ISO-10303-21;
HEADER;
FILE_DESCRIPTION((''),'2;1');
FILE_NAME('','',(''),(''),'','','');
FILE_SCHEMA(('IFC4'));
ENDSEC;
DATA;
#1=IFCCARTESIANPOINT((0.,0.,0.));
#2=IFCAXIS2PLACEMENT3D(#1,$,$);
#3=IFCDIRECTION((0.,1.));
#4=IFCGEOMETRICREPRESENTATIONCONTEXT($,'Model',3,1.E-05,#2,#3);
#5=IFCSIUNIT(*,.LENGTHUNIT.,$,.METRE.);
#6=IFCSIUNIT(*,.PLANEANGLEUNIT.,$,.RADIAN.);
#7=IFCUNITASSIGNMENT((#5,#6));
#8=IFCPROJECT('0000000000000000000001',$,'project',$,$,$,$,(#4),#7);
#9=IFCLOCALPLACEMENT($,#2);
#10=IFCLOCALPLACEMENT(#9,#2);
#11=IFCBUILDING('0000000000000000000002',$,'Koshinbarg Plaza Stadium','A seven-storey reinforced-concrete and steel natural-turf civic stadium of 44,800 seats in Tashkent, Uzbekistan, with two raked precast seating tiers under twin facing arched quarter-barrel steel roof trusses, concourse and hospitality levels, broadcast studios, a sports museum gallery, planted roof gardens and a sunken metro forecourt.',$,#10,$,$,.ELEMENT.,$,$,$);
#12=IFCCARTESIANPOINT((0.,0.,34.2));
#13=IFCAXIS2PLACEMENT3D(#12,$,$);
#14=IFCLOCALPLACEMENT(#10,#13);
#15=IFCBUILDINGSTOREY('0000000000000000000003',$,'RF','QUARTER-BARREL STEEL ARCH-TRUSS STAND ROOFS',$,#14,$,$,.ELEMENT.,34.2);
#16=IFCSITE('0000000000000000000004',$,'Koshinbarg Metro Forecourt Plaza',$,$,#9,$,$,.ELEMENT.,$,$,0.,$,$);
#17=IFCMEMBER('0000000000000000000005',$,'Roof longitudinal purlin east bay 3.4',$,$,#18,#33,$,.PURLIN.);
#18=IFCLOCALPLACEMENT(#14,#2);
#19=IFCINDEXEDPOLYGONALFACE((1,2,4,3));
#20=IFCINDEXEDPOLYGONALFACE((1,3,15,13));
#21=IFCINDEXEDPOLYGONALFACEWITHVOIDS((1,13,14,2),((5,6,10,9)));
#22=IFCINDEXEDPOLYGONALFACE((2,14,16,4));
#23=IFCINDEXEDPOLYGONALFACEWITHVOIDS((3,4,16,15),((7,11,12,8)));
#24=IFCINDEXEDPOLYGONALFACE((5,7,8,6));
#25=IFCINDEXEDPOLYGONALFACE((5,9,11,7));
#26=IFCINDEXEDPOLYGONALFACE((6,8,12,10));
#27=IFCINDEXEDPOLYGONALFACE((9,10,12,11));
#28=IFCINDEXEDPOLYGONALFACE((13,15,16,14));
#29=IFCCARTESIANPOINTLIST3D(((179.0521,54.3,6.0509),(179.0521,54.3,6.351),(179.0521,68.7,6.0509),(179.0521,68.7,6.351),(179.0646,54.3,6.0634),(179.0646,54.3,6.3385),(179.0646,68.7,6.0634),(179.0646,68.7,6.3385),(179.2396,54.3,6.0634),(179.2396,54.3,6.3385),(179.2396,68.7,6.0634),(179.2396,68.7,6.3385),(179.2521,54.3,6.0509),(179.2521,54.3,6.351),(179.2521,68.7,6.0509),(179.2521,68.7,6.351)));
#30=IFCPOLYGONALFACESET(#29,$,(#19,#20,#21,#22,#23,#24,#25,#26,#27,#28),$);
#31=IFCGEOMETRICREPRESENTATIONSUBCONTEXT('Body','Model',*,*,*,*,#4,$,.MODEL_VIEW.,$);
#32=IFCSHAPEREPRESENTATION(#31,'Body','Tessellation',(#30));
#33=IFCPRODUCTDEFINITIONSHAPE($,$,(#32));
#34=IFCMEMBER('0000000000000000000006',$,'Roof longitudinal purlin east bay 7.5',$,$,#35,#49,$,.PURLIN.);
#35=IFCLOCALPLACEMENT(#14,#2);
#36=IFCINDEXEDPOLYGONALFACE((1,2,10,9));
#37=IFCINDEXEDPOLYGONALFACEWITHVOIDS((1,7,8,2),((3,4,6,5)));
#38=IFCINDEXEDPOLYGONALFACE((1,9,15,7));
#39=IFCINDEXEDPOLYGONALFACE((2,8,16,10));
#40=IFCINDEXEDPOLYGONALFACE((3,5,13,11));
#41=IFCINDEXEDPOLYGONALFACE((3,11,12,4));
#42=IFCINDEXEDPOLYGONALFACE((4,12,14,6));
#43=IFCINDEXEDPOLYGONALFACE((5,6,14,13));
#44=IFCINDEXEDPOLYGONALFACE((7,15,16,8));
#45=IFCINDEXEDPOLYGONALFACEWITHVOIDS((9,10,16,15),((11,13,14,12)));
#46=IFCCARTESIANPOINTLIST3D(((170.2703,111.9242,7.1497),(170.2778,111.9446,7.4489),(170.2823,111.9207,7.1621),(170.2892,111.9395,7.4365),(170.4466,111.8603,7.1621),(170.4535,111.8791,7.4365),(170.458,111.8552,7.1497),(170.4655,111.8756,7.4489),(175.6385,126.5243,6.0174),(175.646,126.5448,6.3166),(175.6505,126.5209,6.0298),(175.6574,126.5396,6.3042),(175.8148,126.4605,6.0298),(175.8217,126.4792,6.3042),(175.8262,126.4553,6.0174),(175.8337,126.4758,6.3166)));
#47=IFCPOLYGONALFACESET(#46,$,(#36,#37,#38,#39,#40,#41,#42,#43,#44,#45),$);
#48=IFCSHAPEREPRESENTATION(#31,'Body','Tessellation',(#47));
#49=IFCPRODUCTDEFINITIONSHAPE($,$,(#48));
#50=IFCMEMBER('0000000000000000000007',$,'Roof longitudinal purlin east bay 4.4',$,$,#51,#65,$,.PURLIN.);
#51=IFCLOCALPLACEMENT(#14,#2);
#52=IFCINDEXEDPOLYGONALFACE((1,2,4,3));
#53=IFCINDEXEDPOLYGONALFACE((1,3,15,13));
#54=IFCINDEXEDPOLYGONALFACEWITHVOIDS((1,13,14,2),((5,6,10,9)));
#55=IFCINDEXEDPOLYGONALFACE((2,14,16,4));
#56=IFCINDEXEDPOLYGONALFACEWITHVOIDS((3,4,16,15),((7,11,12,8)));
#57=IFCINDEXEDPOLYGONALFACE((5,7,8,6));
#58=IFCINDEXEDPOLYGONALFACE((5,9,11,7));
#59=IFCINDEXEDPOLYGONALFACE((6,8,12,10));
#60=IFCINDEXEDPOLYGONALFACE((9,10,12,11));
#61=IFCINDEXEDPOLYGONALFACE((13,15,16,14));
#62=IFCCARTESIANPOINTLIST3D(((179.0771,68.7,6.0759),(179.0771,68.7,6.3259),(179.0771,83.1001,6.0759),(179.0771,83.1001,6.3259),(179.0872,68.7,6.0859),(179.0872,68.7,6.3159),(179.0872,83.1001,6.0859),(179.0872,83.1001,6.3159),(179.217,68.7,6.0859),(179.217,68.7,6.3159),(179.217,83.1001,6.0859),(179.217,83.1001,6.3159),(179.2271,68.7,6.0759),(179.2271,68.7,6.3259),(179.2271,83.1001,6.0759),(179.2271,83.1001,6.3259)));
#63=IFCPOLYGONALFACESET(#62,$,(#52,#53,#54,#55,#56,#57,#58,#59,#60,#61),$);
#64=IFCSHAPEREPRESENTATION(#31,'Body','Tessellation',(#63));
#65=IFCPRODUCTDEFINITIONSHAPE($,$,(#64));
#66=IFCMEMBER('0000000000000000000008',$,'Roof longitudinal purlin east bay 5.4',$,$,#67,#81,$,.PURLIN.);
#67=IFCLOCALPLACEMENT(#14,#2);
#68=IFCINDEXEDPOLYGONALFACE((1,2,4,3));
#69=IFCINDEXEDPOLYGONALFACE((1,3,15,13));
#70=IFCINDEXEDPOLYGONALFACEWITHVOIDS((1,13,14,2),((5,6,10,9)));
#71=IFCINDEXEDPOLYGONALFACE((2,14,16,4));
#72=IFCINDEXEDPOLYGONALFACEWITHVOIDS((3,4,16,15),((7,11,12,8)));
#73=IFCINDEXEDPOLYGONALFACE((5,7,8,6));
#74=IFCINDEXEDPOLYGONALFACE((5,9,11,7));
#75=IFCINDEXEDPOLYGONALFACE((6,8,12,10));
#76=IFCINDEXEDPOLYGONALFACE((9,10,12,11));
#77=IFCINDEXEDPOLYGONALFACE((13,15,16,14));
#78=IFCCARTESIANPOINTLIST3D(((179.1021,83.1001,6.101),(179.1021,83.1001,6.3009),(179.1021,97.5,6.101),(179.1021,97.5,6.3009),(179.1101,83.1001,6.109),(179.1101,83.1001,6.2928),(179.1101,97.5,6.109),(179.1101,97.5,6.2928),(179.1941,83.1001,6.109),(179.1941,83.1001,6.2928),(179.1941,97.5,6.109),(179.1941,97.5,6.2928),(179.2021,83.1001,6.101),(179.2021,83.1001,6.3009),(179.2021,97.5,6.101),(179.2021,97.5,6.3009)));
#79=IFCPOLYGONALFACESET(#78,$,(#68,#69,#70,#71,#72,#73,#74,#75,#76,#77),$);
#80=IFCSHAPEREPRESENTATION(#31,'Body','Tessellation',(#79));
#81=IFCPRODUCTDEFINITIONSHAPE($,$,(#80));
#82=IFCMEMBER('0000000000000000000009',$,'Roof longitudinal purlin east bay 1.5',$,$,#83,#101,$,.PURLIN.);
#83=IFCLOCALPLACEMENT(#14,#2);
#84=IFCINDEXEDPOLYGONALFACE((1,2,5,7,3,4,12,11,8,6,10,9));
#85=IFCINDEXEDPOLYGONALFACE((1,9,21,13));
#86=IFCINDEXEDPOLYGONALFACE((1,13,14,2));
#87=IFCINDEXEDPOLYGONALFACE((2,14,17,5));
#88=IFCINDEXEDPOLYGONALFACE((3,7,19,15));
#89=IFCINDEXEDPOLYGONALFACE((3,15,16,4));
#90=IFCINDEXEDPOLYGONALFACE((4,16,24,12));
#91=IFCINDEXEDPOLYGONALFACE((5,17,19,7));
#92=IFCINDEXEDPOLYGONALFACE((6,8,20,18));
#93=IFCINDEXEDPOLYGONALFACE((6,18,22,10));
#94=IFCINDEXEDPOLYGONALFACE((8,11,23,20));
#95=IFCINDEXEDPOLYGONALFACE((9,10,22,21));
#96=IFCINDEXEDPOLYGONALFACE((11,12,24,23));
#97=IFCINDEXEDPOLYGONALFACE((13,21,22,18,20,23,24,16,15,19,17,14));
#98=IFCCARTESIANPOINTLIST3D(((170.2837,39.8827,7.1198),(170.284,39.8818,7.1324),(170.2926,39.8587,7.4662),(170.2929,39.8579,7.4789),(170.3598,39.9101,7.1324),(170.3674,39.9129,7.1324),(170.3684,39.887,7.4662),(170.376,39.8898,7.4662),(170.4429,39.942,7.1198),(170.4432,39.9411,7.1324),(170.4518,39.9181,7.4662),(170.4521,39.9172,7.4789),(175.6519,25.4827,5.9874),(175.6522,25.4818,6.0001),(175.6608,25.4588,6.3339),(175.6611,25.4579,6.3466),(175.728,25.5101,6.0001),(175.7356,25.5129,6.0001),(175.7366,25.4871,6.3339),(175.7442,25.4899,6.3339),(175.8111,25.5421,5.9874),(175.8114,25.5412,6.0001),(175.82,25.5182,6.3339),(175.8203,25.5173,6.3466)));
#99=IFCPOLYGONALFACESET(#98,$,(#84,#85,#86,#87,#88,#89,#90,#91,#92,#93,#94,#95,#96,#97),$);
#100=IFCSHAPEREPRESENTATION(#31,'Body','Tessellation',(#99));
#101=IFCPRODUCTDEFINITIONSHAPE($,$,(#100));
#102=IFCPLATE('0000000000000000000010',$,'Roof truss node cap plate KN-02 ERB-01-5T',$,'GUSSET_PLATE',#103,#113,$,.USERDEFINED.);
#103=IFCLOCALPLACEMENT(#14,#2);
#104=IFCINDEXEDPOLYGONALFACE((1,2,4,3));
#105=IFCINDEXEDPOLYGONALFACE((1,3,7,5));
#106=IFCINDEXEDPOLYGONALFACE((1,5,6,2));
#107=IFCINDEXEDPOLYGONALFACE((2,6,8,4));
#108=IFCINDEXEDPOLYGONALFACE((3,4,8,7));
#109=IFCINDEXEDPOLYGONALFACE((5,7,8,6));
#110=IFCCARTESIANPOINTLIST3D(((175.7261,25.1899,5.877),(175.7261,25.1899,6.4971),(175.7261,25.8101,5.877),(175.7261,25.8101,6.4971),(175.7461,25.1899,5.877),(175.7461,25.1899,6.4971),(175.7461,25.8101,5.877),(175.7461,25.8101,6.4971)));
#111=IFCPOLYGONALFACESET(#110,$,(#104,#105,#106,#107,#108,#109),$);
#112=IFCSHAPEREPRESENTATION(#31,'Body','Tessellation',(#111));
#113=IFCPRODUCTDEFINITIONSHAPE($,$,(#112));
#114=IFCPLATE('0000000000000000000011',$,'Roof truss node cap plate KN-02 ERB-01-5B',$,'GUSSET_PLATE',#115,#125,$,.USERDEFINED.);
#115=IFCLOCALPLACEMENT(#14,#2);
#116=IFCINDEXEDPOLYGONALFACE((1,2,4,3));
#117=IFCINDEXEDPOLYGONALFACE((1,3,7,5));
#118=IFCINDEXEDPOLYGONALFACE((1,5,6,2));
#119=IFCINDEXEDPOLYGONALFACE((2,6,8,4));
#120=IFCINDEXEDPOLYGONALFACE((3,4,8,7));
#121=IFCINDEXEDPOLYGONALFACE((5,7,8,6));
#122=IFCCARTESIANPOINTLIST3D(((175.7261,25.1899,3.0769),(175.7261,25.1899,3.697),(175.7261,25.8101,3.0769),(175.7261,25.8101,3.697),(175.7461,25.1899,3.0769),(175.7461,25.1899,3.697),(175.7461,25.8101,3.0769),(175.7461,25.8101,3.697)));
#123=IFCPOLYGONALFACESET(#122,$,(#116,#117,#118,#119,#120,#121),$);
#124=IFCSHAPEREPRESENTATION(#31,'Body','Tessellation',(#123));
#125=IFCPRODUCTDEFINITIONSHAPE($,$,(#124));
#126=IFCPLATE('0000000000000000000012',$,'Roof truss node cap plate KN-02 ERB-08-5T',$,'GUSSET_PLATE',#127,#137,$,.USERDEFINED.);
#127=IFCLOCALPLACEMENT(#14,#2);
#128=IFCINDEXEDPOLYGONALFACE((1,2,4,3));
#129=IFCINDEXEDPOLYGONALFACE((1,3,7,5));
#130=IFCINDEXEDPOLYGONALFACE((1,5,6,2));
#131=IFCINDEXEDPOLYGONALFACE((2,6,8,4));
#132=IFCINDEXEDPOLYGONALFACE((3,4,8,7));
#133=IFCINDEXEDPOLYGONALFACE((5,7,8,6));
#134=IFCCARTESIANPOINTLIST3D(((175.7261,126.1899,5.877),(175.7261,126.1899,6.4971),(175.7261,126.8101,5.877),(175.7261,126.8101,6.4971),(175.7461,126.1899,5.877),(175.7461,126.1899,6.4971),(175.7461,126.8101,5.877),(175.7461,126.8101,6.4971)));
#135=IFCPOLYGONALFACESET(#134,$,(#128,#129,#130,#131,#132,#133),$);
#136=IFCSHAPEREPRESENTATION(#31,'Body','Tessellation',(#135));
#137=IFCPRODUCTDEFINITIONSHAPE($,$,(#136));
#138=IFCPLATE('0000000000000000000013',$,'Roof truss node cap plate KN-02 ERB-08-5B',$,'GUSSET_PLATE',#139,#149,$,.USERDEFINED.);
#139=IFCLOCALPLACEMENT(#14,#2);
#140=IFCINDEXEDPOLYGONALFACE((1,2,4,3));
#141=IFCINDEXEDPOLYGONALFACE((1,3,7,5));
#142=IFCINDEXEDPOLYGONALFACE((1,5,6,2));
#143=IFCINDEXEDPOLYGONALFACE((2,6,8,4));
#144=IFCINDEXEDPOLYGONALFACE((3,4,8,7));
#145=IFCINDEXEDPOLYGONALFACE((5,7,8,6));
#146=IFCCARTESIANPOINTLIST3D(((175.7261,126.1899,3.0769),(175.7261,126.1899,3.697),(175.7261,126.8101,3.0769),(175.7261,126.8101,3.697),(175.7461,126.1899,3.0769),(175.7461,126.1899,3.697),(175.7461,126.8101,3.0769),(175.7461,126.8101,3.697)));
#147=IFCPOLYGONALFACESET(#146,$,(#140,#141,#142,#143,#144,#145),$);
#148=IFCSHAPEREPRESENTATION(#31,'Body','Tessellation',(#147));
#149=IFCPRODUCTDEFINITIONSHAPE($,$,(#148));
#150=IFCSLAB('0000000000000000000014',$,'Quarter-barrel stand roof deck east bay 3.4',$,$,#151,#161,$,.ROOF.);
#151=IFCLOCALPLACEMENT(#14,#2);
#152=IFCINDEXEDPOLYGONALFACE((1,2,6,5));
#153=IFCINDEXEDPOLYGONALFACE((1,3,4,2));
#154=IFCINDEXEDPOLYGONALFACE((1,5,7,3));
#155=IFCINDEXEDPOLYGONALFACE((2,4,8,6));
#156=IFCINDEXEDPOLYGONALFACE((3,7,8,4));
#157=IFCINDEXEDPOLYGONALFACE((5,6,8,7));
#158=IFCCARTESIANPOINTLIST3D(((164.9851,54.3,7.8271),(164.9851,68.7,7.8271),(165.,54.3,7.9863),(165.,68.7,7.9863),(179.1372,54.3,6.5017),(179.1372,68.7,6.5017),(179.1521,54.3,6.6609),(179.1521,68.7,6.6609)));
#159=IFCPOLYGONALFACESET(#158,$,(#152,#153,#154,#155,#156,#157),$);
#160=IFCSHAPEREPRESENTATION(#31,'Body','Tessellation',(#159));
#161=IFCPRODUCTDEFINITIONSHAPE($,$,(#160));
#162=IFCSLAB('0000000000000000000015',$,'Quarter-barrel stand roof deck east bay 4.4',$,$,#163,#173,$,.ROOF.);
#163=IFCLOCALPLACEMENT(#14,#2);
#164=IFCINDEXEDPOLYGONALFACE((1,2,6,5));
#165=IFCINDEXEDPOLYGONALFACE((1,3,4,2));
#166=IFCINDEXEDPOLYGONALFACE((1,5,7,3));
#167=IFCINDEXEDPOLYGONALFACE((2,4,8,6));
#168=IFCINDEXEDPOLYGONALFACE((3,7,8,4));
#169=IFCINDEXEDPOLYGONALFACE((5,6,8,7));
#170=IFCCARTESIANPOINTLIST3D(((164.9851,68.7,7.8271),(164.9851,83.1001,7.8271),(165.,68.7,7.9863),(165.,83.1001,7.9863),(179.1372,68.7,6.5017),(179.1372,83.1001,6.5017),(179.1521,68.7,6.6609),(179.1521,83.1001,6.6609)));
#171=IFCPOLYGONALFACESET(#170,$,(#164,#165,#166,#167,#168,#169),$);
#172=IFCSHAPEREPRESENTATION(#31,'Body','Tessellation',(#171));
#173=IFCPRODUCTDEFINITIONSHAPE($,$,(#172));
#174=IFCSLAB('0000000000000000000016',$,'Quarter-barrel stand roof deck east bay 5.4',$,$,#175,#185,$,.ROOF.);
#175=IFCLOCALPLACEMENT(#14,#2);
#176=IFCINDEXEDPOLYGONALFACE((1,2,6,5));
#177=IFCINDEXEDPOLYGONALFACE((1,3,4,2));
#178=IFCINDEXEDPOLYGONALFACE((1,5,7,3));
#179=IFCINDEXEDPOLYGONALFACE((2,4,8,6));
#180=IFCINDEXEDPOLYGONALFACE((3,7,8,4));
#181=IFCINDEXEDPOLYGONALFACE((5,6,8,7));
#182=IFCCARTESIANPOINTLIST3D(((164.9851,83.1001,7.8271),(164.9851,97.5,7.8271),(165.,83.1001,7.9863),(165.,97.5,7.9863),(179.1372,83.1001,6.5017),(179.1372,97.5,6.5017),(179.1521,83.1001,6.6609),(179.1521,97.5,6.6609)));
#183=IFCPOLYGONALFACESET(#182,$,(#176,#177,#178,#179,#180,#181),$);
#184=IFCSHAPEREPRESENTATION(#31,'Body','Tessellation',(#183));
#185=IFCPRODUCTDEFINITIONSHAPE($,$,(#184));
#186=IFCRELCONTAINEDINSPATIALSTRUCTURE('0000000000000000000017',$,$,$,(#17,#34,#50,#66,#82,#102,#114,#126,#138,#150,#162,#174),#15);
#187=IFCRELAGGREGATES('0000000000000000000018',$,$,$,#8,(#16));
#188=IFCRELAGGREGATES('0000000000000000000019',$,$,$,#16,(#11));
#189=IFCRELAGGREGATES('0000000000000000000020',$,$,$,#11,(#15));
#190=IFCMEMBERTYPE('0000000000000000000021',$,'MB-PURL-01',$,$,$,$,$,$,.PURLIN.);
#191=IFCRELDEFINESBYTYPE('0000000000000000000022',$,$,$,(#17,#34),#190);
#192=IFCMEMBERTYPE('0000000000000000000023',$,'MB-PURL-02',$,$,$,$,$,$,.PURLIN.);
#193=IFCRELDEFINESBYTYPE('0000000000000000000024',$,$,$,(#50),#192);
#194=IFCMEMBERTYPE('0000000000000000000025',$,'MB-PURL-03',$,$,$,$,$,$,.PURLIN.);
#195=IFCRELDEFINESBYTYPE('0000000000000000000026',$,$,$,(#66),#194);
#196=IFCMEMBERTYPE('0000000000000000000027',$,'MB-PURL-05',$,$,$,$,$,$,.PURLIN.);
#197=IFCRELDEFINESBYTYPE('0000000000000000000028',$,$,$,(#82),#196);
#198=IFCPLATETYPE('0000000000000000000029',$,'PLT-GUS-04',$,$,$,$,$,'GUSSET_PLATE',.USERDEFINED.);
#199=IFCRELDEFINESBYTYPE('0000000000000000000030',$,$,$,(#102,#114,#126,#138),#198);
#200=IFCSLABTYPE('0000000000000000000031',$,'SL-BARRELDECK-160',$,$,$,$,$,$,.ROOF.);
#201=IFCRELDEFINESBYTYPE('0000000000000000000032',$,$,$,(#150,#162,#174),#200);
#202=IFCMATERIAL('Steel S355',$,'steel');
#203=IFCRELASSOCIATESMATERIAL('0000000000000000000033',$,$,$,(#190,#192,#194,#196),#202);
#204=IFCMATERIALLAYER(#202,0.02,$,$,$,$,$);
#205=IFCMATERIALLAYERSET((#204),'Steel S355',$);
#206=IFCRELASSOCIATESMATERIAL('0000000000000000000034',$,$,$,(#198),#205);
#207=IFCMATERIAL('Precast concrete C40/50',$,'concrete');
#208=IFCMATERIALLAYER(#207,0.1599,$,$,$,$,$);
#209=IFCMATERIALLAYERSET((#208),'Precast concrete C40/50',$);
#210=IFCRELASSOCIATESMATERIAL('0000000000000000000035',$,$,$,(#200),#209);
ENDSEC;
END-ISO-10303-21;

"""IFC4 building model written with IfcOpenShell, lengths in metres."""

from ifc_helpers import new_model, si_unit, direction, frame, origin, origin_2d, place, context, subcontext, project, spatial, polyline, rectangle, hollow_rectangle, i_section, outline, extrude, material, layer, layer_set, material_profile, profile_set, type_object, element, save


model = new_model("IFC4")

# Units and contexts
model_context = context("Model", 3, precision=1e-05, world=origin(), true_north=direction((0.0, 1.0)))
body_context = subcontext(model_context, "Body", "Model", "MODEL_VIEW")
ifc_project = project(units=[si_unit("LENGTHUNIT", "METRE"), si_unit("PLANEANGLEUNIT", "RADIAN")], contexts=[model_context])

# Site, building, storey
site_placement = place(None, origin())
site = spatial("IfcSite", under=ifc_project, at=site_placement, Name="Koshinbarg Metro Forecourt Plaza", CompositionType="ELEMENT", RefElevation=0.0)
building_placement = place(site_placement, origin())
building = spatial("IfcBuilding", under=site, at=building_placement, Name="Koshinbarg Plaza Stadium", Description="A seven-storey reinforced-concrete and steel natural-turf civic stadium of 44,800 seats in Tashkent, Uzbekistan, with two raked precast seating tiers under twin facing arched quarter-barrel steel roof trusses, concourse and hospitality levels, broadcast studios, a sports museum gallery, planted roof gardens and a sunken metro forecourt.", CompositionType="ELEMENT")
storey_placement = place(building_placement, frame((0.0, 0.0, 34.2)))
storey = spatial("IfcBuildingStorey", under=building, at=storey_placement, Name="RF", Description="QUARTER-BARREL STEEL ARCH-TRUSS STAND ROOFS", CompositionType="ELEMENT", Elevation=34.2)

# Members
ifc_material_1 = material(Name="Steel S355", Category="steel")
ifc_material_profile_1 = material_profile(ifc_material_1, hollow_rectangle(XDim=0.2, YDim=0.3, WallThickness=0.0125, at=origin_2d()), Name="RHS 300x200x12.5")
ifc_profile_set_1 = profile_set([ifc_material_profile_1], Name="Steel S355")
member_type_1 = type_object("IfcMemberType", Name="MB-PURL-01", PredefinedType="PURLIN", material=ifc_profile_set_1)
member_1_placement = place(storey_placement, frame((179.1521, 54.3, 6.2009), z_axis=(0.0, 1.0, 0.0), x_axis=(-1.0, 0.0, 0.0)))
element("IfcMember", 1, at=member_1_placement, inside=storey, type_object=member_type_1, Name="Roof longitudinal purlin east bay 3.4", PredefinedType="PURLIN", context=body_context, shape_type="SweptSolid", body=[
    extrude(hollow_rectangle(XDim=0.2, YDim=0.3, WallThickness=0.0125, at=origin_2d()), origin(), (0.0, 0.0, 1.0), 14.3999),
])
member_2_placement = place(storey_placement, frame((170.3679, 111.8999, 7.2993), z_axis=(0.344182, 0.936092, -0.072599), x_axis=(-0.938569, 0.345093, 0.0)))
element("IfcMember", 2, at=member_2_placement, inside=storey, type_object=member_type_1, Name="Roof longitudinal purlin east bay 7.5", PredefinedType="PURLIN", context=body_context, shape_type="SweptSolid", body=[
    extrude(hollow_rectangle(XDim=0.2, YDim=0.3, WallThickness=0.0125, at=origin_2d()), origin(), (0.0, 0.0, 1.0), 15.5969),
])
ifc_material_profile_2 = material_profile(ifc_material_1, hollow_rectangle(XDim=0.1499, YDim=0.25, WallThickness=0.01, at=origin_2d()), Name="RHS 250x150x10")
ifc_profile_set_2 = profile_set([ifc_material_profile_2], Name="Steel S355")
member_type_2 = type_object("IfcMemberType", Name="MB-PURL-02", PredefinedType="PURLIN", material=ifc_profile_set_2)
member_3_placement = place(storey_placement, frame((179.1521, 68.7, 6.2009), z_axis=(0.0, 1.0, 0.0), x_axis=(-1.0, 0.0, 0.0)))
element("IfcMember", 3, at=member_3_placement, inside=storey, type_object=member_type_2, Name="Roof longitudinal purlin east bay 4.4", PredefinedType="PURLIN", context=body_context, shape_type="SweptSolid", body=[
    extrude(hollow_rectangle(XDim=0.1499, YDim=0.25, WallThickness=0.01, at=origin_2d()), origin(), (0.0, 0.0, 1.0), 14.4001),
])
ifc_material_profile_3 = material_profile(ifc_material_1, hollow_rectangle(XDim=0.1001, YDim=0.2, WallThickness=0.0081, at=origin_2d()), Name="RHS 200x100x8")
ifc_profile_set_3 = profile_set([ifc_material_profile_3], Name="Steel S355")
member_type_3 = type_object("IfcMemberType", Name="MB-PURL-03", PredefinedType="PURLIN", material=ifc_profile_set_3)
member_4_placement = place(storey_placement, frame((179.1521, 83.1001, 6.2009), z_axis=(0.0, 1.0, 0.0), x_axis=(-1.0, 0.0, 0.0)))
element("IfcMember", 4, at=member_4_placement, inside=storey, type_object=member_type_3, Name="Roof longitudinal purlin east bay 5.4", PredefinedType="PURLIN", context=body_context, shape_type="SweptSolid", body=[
    extrude(hollow_rectangle(XDim=0.1001, YDim=0.2, WallThickness=0.0081, at=origin_2d()), origin(), (0.0, 0.0, 1.0), 14.3999),
])
ifc_material_profile_4 = material_profile(ifc_material_1, i_section(OverallWidth=0.1699, OverallDepth=0.3601, WebThickness=0.0081, FlangeThickness=0.0127, at=origin_2d()), Name="IPE 360")
ifc_profile_set_4 = profile_set([ifc_material_profile_4], Name="Steel S355")
member_type_4 = type_object("IfcMemberType", Name="MB-PURL-05", PredefinedType="PURLIN", material=ifc_profile_set_4)
member_5_placement = place(storey_placement, frame((175.7361, 25.5, 6.167), z_axis=(-0.348364, 0.934475, 0.073482), x_axis=(-0.937008, -0.349309, 0.0)))
element("IfcMember", 5, at=member_5_placement, inside=storey, type_object=member_type_4, Name="Roof longitudinal purlin east bay 1.5", PredefinedType="PURLIN", context=body_context, shape_type="SweptSolid", body=[
    extrude(i_section(OverallWidth=0.1699, OverallDepth=0.3601, WebThickness=0.0081, FlangeThickness=0.0127, at=origin_2d()), origin(), (0.0, 0.0, 1.0), 15.4097),
])

# Plates
ifc_layer_1 = layer(ifc_material_1, 0.02)
ifc_layer_set_1 = layer_set([ifc_layer_1], Name="Steel S355")
plate_type = type_object("IfcPlateType", Name="PLT-GUS-04", ElementType="GUSSET_PLATE", PredefinedType="USERDEFINED", material=ifc_layer_set_1)
for number, where, z_axis, x_axis, name in (
    (6, (175.7361, 25.5, 5.877), (0.0, 0.0, 1.0), (1.0, 0.0, 0.0), "Roof truss node cap plate KN-02 ERB-01-5T"),
    (7, (175.7361, 25.5, 3.0769), (0.0, 0.0, 1.0), (1.0, 0.0, 0.0), "Roof truss node cap plate KN-02 ERB-01-5B"),
    (8, (175.7361, 126.5, 5.877), (0.0, 0.0, 1.0), (1.0, 0.0, 0.0), "Roof truss node cap plate KN-02 ERB-08-5T"),
    (9, (175.7361, 126.5, 3.0769), (0.0, 0.0, 1.0), (1.0, 0.0, 0.0), "Roof truss node cap plate KN-02 ERB-08-5B"),
):
    element("IfcPlate", number, at=place(storey_placement, frame(where, z_axis=z_axis, x_axis=x_axis)), inside=storey, type_object=plate_type, Name=name, ObjectType="GUSSET_PLATE", PredefinedType="USERDEFINED", context=body_context, shape_type="SweptSolid", body=[
        extrude(rectangle(XDim=0.02, YDim=0.6201, at=origin_2d()), origin(), (0.0, 0.0, 1.0), 0.6201),
    ])

# Slabs
ifc_material_2 = material(Name="Precast concrete C40/50", Category="concrete")
ifc_layer_2 = layer(ifc_material_2, 0.1599)
ifc_layer_set_2 = layer_set([ifc_layer_2], Name="Precast concrete C40/50")
slab_type = type_object("IfcSlabType", Name="SL-BARRELDECK-160", PredefinedType="ROOF", material=ifc_layer_set_2)
slab_1_placement = place(storey_placement, frame((179.1521, 54.3, 6.6609), z_axis=(0.093249, 0.0, 0.995643), x_axis=(-0.995643, 0.0, 0.093249)))
element("IfcSlab", 10, at=slab_1_placement, inside=storey, type_object=slab_type, Name="Quarter-barrel stand roof deck east bay 3.4", PredefinedType="ROOF", context=body_context, shape_type="SweptSolid", body=[
    extrude(outline(polyline([(0.0, 0.0), (14.214, 0.0), (14.214, -14.3999), (0.0, -14.3999), (0.0, 0.0)])), origin(), (0.0, 0.0, -1.0), 0.1599),
])
slab_2_placement = place(storey_placement, frame((179.1521, 68.7, 6.6609), z_axis=(0.093249, 0.0, 0.995643), x_axis=(-0.995643, 0.0, 0.093249)))
element("IfcSlab", 11, at=slab_2_placement, inside=storey, type_object=slab_type, Name="Quarter-barrel stand roof deck east bay 4.4", PredefinedType="ROOF", context=body_context, shape_type="SweptSolid", body=[
    extrude(outline(polyline([(0.0, 0.0), (14.214, 0.0), (14.214, -14.4001), (0.0, -14.4001), (0.0, 0.0)])), origin(), (0.0, 0.0, -1.0), 0.1599),
])
slab_3_placement = place(storey_placement, frame((179.1521, 83.1001, 6.6609), z_axis=(0.093249, 0.0, 0.995643), x_axis=(-0.995643, 0.0, 0.093249)))
element("IfcSlab", 12, at=slab_3_placement, inside=storey, type_object=slab_type, Name="Quarter-barrel stand roof deck east bay 5.4", PredefinedType="ROOF", context=body_context, shape_type="SweptSolid", body=[
    extrude(outline(polyline([(0.0, 0.0), (14.214, 0.0), (14.214, -14.3999), (0.0, -14.3999), (0.0, 0.0)])), origin(), (0.0, 0.0, -1.0), 0.1599),
])

save(model, "model.ifc")
